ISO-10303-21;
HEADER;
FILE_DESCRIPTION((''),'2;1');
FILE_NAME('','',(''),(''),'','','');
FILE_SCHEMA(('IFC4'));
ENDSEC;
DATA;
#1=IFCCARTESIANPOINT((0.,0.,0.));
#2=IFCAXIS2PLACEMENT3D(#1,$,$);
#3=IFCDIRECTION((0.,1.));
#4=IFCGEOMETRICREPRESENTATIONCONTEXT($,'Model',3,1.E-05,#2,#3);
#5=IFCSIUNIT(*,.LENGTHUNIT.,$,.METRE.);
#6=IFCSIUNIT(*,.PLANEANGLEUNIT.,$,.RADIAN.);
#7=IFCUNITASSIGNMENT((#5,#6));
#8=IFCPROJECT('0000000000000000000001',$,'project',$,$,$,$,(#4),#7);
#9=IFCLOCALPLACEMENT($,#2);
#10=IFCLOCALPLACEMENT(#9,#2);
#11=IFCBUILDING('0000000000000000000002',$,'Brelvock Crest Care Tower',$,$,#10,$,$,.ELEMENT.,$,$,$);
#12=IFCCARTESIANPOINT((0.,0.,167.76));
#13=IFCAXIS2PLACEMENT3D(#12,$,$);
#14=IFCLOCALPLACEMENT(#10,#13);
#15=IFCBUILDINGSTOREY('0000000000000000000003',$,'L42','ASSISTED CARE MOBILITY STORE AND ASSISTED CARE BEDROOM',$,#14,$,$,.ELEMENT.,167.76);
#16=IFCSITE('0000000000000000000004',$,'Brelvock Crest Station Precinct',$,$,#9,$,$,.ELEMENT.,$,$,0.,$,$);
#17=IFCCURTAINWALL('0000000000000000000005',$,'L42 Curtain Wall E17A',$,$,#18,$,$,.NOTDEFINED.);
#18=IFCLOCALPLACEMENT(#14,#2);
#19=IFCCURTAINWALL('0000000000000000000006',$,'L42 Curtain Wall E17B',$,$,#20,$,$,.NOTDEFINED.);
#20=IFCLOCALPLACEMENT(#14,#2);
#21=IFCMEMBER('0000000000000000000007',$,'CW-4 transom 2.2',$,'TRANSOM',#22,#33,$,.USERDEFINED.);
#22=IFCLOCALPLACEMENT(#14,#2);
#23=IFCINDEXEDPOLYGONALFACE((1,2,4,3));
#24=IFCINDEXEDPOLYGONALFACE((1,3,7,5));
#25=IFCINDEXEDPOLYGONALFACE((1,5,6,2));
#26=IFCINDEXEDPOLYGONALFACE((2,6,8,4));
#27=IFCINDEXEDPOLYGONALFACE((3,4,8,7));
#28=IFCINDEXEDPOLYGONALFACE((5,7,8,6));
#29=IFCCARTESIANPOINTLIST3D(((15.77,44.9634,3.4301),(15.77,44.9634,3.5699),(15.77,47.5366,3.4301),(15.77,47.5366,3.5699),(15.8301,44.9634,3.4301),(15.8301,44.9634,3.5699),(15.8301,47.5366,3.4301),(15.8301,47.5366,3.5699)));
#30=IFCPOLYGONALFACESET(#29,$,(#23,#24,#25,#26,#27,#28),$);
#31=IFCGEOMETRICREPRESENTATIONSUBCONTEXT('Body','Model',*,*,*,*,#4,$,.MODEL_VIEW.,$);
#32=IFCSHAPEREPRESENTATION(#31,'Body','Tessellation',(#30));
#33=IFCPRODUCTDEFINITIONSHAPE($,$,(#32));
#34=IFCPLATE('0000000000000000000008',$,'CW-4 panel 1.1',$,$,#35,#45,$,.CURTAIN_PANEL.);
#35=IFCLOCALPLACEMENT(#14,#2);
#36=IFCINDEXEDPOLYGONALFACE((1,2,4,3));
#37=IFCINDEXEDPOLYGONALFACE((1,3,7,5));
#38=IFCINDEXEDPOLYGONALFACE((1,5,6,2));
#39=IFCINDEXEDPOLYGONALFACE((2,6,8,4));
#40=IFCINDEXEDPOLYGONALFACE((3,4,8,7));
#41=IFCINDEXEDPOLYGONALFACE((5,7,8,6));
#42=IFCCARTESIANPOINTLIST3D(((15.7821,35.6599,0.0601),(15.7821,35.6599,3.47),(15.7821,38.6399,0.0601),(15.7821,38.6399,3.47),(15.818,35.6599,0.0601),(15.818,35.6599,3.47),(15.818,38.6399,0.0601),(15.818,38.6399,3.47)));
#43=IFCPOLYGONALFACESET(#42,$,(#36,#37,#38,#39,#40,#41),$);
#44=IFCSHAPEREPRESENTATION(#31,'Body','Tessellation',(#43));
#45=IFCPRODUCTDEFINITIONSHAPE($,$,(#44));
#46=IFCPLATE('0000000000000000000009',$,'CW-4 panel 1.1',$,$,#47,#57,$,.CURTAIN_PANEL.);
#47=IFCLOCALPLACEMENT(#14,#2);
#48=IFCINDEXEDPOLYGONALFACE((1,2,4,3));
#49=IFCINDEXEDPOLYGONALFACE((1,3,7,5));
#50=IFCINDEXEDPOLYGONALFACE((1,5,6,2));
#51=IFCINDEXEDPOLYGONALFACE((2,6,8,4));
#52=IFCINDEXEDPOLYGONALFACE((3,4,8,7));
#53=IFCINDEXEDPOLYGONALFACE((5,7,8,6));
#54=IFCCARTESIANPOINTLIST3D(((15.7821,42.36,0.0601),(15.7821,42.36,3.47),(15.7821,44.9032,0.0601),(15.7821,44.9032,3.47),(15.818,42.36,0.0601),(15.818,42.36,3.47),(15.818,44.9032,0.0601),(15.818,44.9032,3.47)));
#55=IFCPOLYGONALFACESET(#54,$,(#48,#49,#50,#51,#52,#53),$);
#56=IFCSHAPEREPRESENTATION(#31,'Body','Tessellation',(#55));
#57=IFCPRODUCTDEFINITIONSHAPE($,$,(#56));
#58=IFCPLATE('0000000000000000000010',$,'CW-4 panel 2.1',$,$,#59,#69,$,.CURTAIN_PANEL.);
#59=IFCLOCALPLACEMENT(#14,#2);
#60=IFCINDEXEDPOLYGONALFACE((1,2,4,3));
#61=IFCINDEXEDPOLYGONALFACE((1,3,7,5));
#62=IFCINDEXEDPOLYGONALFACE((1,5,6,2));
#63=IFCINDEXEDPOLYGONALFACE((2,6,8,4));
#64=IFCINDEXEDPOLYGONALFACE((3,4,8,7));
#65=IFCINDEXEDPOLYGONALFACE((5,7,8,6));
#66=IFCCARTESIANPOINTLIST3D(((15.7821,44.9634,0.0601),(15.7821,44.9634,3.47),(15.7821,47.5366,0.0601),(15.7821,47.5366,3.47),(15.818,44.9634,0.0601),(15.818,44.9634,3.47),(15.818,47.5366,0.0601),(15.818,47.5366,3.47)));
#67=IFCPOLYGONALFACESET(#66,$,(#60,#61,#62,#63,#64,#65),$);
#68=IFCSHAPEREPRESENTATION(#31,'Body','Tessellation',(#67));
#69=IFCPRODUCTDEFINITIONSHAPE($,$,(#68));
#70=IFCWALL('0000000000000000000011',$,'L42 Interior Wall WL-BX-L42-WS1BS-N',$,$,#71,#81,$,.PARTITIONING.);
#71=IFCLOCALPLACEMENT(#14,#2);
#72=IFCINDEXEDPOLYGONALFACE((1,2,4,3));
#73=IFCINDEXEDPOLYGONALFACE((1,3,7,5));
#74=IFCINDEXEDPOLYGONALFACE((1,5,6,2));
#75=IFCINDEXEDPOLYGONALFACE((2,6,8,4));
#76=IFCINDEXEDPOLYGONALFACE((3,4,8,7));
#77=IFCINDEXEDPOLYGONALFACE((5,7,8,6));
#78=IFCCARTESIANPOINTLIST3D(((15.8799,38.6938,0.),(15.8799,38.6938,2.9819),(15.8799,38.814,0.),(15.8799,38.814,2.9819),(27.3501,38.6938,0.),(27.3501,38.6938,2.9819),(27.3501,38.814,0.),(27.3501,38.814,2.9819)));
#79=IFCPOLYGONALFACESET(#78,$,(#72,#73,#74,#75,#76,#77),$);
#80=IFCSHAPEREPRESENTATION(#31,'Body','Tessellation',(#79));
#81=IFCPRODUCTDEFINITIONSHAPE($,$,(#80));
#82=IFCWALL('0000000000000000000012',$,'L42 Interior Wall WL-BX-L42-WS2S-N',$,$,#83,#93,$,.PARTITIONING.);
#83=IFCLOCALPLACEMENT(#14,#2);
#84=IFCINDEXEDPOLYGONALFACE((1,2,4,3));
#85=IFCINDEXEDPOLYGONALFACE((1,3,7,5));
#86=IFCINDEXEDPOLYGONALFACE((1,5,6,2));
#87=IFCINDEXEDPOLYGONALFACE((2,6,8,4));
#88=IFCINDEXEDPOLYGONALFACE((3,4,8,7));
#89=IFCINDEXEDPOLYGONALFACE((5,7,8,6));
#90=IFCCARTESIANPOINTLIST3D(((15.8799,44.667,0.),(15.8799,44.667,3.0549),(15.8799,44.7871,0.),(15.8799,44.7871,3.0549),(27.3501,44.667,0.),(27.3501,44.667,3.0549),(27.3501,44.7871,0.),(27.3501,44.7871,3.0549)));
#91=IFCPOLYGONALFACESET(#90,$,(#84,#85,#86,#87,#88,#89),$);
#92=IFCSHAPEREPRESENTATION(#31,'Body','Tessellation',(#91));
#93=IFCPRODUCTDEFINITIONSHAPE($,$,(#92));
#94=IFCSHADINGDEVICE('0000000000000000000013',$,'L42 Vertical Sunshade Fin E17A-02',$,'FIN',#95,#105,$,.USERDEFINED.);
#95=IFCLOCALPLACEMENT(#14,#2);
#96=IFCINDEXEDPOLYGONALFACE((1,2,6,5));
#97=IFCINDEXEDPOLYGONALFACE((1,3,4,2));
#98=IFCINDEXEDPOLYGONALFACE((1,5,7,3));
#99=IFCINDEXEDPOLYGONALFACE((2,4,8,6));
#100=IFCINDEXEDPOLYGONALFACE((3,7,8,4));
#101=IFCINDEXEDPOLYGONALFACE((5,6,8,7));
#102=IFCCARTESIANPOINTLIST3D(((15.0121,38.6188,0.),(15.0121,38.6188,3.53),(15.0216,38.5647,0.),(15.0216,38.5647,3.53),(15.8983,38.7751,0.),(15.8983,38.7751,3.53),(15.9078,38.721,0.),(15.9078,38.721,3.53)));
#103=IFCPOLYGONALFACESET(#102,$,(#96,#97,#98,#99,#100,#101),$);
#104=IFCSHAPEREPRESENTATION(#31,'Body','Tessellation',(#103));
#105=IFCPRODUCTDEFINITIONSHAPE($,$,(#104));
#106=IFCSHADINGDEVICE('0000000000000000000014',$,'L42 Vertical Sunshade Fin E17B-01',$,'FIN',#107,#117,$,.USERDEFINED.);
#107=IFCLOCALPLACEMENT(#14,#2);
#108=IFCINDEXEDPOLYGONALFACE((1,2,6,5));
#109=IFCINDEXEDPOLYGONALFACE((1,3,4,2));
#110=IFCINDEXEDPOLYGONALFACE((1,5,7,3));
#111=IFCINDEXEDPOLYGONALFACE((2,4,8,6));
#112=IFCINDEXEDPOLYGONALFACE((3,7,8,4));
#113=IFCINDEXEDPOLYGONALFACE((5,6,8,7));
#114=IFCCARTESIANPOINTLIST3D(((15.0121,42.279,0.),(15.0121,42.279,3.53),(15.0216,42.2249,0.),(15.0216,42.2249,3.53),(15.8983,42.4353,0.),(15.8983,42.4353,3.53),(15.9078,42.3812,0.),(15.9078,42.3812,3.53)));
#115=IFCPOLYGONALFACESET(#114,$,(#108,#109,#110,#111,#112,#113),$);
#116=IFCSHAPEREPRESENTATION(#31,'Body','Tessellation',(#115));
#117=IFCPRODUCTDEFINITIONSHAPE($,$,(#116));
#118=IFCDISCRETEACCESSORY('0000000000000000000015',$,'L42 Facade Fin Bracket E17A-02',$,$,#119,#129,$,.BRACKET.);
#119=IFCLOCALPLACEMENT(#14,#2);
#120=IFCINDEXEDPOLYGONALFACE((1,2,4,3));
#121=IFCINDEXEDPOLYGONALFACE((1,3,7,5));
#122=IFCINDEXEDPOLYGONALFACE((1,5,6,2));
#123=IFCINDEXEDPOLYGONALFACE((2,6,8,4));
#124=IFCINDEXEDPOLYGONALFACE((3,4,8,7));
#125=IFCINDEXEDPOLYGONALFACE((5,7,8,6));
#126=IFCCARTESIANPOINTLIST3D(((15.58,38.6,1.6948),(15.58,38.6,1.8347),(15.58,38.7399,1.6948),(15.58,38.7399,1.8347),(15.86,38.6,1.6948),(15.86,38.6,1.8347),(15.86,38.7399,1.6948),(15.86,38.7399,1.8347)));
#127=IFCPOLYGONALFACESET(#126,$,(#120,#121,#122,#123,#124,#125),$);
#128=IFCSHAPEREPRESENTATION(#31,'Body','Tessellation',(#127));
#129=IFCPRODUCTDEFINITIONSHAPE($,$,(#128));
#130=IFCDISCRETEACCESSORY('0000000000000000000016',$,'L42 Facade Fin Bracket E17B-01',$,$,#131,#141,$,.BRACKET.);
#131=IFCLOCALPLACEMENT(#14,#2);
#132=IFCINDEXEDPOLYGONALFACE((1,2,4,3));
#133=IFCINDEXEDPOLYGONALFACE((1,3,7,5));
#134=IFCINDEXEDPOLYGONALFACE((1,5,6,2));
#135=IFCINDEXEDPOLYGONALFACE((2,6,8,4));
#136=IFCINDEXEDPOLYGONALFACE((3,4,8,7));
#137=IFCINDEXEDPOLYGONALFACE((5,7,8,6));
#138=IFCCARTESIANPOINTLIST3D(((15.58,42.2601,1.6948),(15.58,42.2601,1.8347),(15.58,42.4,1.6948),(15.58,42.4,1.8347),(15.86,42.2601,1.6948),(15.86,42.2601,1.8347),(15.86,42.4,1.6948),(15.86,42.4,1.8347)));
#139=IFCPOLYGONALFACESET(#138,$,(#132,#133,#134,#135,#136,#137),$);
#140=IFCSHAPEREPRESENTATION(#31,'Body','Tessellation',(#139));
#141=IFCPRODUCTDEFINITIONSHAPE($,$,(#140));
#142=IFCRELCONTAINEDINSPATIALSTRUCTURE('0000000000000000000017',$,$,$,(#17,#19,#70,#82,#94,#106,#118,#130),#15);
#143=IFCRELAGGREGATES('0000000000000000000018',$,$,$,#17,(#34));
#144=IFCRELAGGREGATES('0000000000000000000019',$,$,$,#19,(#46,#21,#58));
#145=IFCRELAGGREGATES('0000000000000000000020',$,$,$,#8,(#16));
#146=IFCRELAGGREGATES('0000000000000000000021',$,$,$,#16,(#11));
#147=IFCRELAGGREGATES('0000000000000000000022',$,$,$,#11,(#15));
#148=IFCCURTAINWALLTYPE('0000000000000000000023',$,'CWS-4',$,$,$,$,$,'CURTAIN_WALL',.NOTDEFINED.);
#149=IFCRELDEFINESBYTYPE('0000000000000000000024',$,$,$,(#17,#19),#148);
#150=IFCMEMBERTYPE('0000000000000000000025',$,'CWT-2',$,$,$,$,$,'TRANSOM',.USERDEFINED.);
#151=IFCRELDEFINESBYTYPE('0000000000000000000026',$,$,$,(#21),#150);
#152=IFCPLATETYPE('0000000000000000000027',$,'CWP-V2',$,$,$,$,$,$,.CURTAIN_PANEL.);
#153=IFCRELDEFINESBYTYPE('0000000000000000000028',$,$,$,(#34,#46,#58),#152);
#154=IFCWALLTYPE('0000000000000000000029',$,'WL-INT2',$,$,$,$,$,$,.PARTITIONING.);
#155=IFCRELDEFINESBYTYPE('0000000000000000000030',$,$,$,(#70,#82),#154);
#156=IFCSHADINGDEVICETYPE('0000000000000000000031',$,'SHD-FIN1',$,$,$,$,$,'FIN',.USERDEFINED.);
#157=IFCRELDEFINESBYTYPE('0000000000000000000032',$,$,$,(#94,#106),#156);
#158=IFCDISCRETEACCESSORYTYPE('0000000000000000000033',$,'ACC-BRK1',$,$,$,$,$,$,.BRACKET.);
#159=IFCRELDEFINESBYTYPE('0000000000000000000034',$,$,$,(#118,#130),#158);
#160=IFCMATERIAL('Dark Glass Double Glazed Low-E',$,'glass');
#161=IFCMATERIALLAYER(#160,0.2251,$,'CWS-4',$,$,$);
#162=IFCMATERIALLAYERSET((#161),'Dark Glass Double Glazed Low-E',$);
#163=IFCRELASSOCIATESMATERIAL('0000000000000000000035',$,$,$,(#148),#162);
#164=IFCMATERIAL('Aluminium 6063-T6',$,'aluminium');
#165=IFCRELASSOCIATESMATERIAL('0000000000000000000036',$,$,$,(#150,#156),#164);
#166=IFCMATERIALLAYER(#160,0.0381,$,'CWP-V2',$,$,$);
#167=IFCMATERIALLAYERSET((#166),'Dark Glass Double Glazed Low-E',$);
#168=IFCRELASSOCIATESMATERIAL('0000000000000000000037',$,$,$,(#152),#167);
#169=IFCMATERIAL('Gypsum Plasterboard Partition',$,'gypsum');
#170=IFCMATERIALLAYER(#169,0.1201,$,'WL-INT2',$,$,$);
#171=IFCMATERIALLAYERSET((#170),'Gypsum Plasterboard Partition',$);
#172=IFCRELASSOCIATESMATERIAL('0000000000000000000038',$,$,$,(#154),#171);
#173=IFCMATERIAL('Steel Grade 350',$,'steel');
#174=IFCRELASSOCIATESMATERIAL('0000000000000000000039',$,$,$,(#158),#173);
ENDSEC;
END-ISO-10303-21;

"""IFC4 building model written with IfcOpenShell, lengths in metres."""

from ifc_helpers import new_model, si_unit, direction, frame, frame_2d, origin, origin_2d, place, context, subcontext, project, spatial, rectangle, extrude, source, transform, mapped, material, layer, layer_set, material_profile, profile_set, type_object, element, aggregate, save


model = new_model("IFC4")

# Units and contexts
model_context = context("Model", 3, precision=1e-05, world=origin(), true_north=direction((0.0, 1.0)))
body_context = subcontext(model_context, "Body", "Model", "MODEL_VIEW")
ifc_project = project(units=[si_unit("LENGTHUNIT", "METRE"), si_unit("PLANEANGLEUNIT", "RADIAN")], contexts=[model_context])

# Site, building, storey
site_placement = place(None, origin())
site = spatial("IfcSite", under=ifc_project, at=site_placement, Name="Brelvock Crest Station Precinct", CompositionType="ELEMENT", RefElevation=0.0)
building_placement = place(site_placement, origin())
building = spatial("IfcBuilding", under=site, at=building_placement, Name="Brelvock Crest Care Tower", CompositionType="ELEMENT")
storey_placement = place(building_placement, frame((0.0, 0.0, 167.76)))
storey = spatial("IfcBuildingStorey", under=building, at=storey_placement, Name="L42", Description="ASSISTED CARE MOBILITY STORE AND ASSISTED CARE BEDROOM", CompositionType="ELEMENT", Elevation=167.76)

# Shared definitions
ifc_material_1 = material(Name="Steel Grade 350", Category="steel")

# Curtain wall
ifc_material_2 = material(Name="Dark Glass Double Glazed Low-E", Category="glass")
ifc_layer_1 = layer(ifc_material_2, 0.2251, Name="CWS-4")
ifc_layer_set_1 = layer_set([ifc_layer_1], Name="Dark Glass Double Glazed Low-E")
curtain_wall_type = type_object("IfcCurtainWallType", Name="CWS-4", ElementType="CURTAIN_WALL", PredefinedType="NOTDEFINED", material=ifc_layer_set_1)
curtain_wall_1_placement = place(storey_placement, origin())
curtain_wall_1 = element("IfcCurtainWall", 1, at=curtain_wall_1_placement, inside=storey, type_object=curtain_wall_type, Name="L42 Curtain Wall E17A", PredefinedType="NOTDEFINED")
ifc_material_3 = material(Name="Aluminium 6063-T6", Category="aluminium")

# Curtain wall, member
curtain_wall_2_placement = place(storey_placement, origin())
curtain_wall_2 = element("IfcCurtainWall", 2, at=curtain_wall_2_placement, inside=storey, type_object=curtain_wall_type, Name="L42 Curtain Wall E17B", PredefinedType="NOTDEFINED")
ifc_material_profile_1 = material_profile(ifc_material_3, rectangle(XDim=0.0601, YDim=0.1399, at=origin_2d()), Name="ALU60x140")
ifc_profile_set_1 = profile_set([ifc_material_profile_1], Name="Aluminium 6063-T6")
member_type_1 = type_object("IfcMemberType", Name="CWT-2", ElementType="TRANSOM", PredefinedType="USERDEFINED", material=ifc_profile_set_1)
shared_shape_1 = source(origin(), body_context, "Body", "SweptSolid", [
    extrude(rectangle(XDim=0.0601, YDim=0.1399, at=origin_2d()), origin(), (0.0, 0.0, 1.0), 2.5732),
])
member_1_placement = place(storey_placement, frame((15.8, 44.9634, 3.5), z_axis=(0.0, 1.0, 0.0), x_axis=(-1.0, 0.0, 0.0)))
member_1 = element("IfcMember", 3, at=member_1_placement, type_object=member_type_1, Name="CW-4 transom 2.2", ObjectType="TRANSOM", PredefinedType="USERDEFINED", context=body_context, shape_type="MappedRepresentation", body=[
    mapped(shared_shape_1, transform((0.0, 0.0, 0.0), x_axis=(1.0, 0.0, 0.0), y_axis=(0.0, 1.0, 0.0), z_axis=(0.0, 0.0, 1.0), scale=1.0)),
])

# Plates
ifc_layer_2 = layer(ifc_material_2, 0.0381, Name="CWP-V2")
ifc_layer_set_2 = layer_set([ifc_layer_2], Name="Dark Glass Double Glazed Low-E")
plate_type = type_object("IfcPlateType", Name="CWP-V2", PredefinedType="CURTAIN_PANEL", material=ifc_layer_set_2)
shared_shape_2 = source(origin(), body_context, "Body", "SweptSolid", [
    extrude(rectangle(XDim=2.98, YDim=0.0359, at=origin_2d()), origin(), (0.0, 0.0, 1.0), 3.4099),
])
plate_1_placement = place(storey_placement, frame((15.8, 37.1499, 0.0601), z_axis=(0.0, 0.0, 1.0), x_axis=(0.0, 1.0, 0.0)))
plate_1 = element("IfcPlate", 4, at=plate_1_placement, type_object=plate_type, Name="CW-4 panel 1.1", PredefinedType="CURTAIN_PANEL", context=body_context, shape_type="MappedRepresentation", body=[
    mapped(shared_shape_2, transform((0.0, 0.0, 0.0), x_axis=(1.0, 0.0, 0.0), y_axis=(0.0, 1.0, 0.0), z_axis=(0.0, 0.0, 1.0), scale=1.0)),
])
aggregate(curtain_wall_1, [plate_1])
shared_shape_3 = source(origin(), body_context, "Body", "SweptSolid", [
    extrude(rectangle(XDim=2.5432, YDim=0.0359, at=origin_2d()), origin(), (0.0, 0.0, 1.0), 3.4099),
])
plate_2_placement = place(storey_placement, frame((15.8, 43.6316, 0.0601), z_axis=(0.0, 0.0, 1.0), x_axis=(0.0, 1.0, 0.0)))
plate_2 = element("IfcPlate", 5, at=plate_2_placement, type_object=plate_type, Name="CW-4 panel 1.1", PredefinedType="CURTAIN_PANEL", context=body_context, shape_type="MappedRepresentation", body=[
    mapped(shared_shape_3, transform((0.0, 0.0, 0.0), x_axis=(1.0, 0.0, 0.0), y_axis=(0.0, 1.0, 0.0), z_axis=(0.0, 0.0, 1.0), scale=1.0)),
])
shared_shape_4 = source(origin(), body_context, "Body", "SweptSolid", [
    extrude(rectangle(XDim=2.5732, YDim=0.0359, at=origin_2d()), origin(), (0.0, 0.0, 1.0), 3.4099),
])
plate_3_placement = place(storey_placement, frame((15.8, 46.25, 0.0601), z_axis=(0.0, 0.0, 1.0), x_axis=(0.0, 1.0, 0.0)))
plate_3 = element("IfcPlate", 6, at=plate_3_placement, type_object=plate_type, Name="CW-4 panel 2.1", PredefinedType="CURTAIN_PANEL", context=body_context, shape_type="MappedRepresentation", body=[
    mapped(shared_shape_4, transform((0.0, 0.0, 0.0), x_axis=(1.0, 0.0, 0.0), y_axis=(0.0, 1.0, 0.0), z_axis=(0.0, 0.0, 1.0), scale=1.0)),
])
aggregate(curtain_wall_2, [plate_2, member_1, plate_3])

# Walls
ifc_material_4 = material(Name="Gypsum Plasterboard Partition", Category="gypsum")
ifc_layer_3 = layer(ifc_material_4, 0.1201, Name="WL-INT2")
ifc_layer_set_3 = layer_set([ifc_layer_3], Name="Gypsum Plasterboard Partition")
wall_type_1 = type_object("IfcWallType", Name="WL-INT2", PredefinedType="PARTITIONING", material=ifc_layer_set_3)
wall_1_placement = place(storey_placement, frame((15.8799, 38.7539, 0.0), z_axis=(0.0, 0.0, 1.0), x_axis=(1.0, 0.0, 0.0)))
element("IfcWall", 7, at=wall_1_placement, inside=storey, type_object=wall_type_1, Name="L42 Interior Wall WL-BX-L42-WS1BS-N", PredefinedType="PARTITIONING", context=body_context, shape_type="SweptSolid", body=[
    extrude(rectangle(XDim=11.4702, YDim=0.1201, at=frame_2d((5.7351, 0.0))), origin(), (0.0, 0.0, 1.0), 2.9819),
])
wall_2_placement = place(storey_placement, frame((15.8799, 44.7271, 0.0), z_axis=(0.0, 0.0, 1.0), x_axis=(1.0, 0.0, 0.0)))
element("IfcWall", 8, at=wall_2_placement, inside=storey, type_object=wall_type_1, Name="L42 Interior Wall WL-BX-L42-WS2S-N", PredefinedType="PARTITIONING", context=body_context, shape_type="SweptSolid", body=[
    extrude(rectangle(XDim=11.4702, YDim=0.1201, at=frame_2d((5.7351, 0.0))), origin(), (0.0, 0.0, 1.0), 3.0549),
])

# Shading devices
ifc_material_profile_2 = material_profile(ifc_material_3, rectangle(XDim=0.0549, YDim=0.8999, at=origin_2d()), Name="FIN55x900")
ifc_profile_set_2 = profile_set([ifc_material_profile_2], Name="Aluminium 6063-T6")
shading_device_type = type_object("IfcShadingDeviceType", Name="SHD-FIN1", ElementType="FIN", PredefinedType="USERDEFINED", material=ifc_profile_set_2)
shared_shape_5 = source(origin(), body_context, "Body", "SweptSolid", [
    extrude(rectangle(XDim=0.0549, YDim=0.8999, at=origin_2d()), origin(), (0.0, 0.0, 1.0), 3.53),
])
for number, where, z_axis, x_axis, name in (
    (9, (15.46, 38.6699, 0.0), (0.0, 0.0, 1.0), (-0.173648, 0.984808, 0.0), "L42 Vertical Sunshade Fin E17A-02"),
    (10, (15.46, 42.3301, 0.0), (0.0, 0.0, 1.0), (-0.173648, 0.984808, 0.0), "L42 Vertical Sunshade Fin E17B-01"),
):
    element("IfcShadingDevice", number, at=place(storey_placement, frame(where, z_axis=z_axis, x_axis=x_axis)), inside=storey, type_object=shading_device_type, Name=name, ObjectType="FIN", PredefinedType="USERDEFINED", context=body_context, shape_type="MappedRepresentation", body=[
        mapped(shared_shape_5, transform((0.0, 0.0, 0.0), x_axis=(1.0, 0.0, 0.0), y_axis=(0.0, 1.0, 0.0), z_axis=(0.0, 0.0, 1.0), scale=1.0)),
    ])

# Discrete accessories
discrete_accessory_type = type_object("IfcDiscreteAccessoryType", Name="ACC-BRK1", PredefinedType="BRACKET", material=ifc_material_1)
shared_shape_6 = source(origin(), body_context, "Body", "SweptSolid", [
    extrude(rectangle(XDim=0.28, YDim=0.1399, at=origin_2d()), origin(), (0.0, 0.0, 1.0), 0.1399),
])
for number, where, z_axis, x_axis, name in (
    (11, (15.72, 38.6699, 1.6948), (0.0, 0.0, 1.0), (-1.0, 0.0, 0.0), "L42 Facade Fin Bracket E17A-02"),
    (12, (15.72, 42.3301, 1.6948), (0.0, 0.0, 1.0), (-1.0, 0.0, 0.0), "L42 Facade Fin Bracket E17B-01"),
):
    element("IfcDiscreteAccessory", number, at=place(storey_placement, frame(where, z_axis=z_axis, x_axis=x_axis)), inside=storey, type_object=discrete_accessory_type, Name=name, PredefinedType="BRACKET", context=body_context, shape_type="MappedRepresentation", body=[
        mapped(shared_shape_6, transform((0.0, 0.0, 0.0), x_axis=(1.0, 0.0, 0.0), y_axis=(0.0, 1.0, 0.0), z_axis=(0.0, 0.0, 1.0), scale=1.0)),
    ])

save(model, "model.ifc")
